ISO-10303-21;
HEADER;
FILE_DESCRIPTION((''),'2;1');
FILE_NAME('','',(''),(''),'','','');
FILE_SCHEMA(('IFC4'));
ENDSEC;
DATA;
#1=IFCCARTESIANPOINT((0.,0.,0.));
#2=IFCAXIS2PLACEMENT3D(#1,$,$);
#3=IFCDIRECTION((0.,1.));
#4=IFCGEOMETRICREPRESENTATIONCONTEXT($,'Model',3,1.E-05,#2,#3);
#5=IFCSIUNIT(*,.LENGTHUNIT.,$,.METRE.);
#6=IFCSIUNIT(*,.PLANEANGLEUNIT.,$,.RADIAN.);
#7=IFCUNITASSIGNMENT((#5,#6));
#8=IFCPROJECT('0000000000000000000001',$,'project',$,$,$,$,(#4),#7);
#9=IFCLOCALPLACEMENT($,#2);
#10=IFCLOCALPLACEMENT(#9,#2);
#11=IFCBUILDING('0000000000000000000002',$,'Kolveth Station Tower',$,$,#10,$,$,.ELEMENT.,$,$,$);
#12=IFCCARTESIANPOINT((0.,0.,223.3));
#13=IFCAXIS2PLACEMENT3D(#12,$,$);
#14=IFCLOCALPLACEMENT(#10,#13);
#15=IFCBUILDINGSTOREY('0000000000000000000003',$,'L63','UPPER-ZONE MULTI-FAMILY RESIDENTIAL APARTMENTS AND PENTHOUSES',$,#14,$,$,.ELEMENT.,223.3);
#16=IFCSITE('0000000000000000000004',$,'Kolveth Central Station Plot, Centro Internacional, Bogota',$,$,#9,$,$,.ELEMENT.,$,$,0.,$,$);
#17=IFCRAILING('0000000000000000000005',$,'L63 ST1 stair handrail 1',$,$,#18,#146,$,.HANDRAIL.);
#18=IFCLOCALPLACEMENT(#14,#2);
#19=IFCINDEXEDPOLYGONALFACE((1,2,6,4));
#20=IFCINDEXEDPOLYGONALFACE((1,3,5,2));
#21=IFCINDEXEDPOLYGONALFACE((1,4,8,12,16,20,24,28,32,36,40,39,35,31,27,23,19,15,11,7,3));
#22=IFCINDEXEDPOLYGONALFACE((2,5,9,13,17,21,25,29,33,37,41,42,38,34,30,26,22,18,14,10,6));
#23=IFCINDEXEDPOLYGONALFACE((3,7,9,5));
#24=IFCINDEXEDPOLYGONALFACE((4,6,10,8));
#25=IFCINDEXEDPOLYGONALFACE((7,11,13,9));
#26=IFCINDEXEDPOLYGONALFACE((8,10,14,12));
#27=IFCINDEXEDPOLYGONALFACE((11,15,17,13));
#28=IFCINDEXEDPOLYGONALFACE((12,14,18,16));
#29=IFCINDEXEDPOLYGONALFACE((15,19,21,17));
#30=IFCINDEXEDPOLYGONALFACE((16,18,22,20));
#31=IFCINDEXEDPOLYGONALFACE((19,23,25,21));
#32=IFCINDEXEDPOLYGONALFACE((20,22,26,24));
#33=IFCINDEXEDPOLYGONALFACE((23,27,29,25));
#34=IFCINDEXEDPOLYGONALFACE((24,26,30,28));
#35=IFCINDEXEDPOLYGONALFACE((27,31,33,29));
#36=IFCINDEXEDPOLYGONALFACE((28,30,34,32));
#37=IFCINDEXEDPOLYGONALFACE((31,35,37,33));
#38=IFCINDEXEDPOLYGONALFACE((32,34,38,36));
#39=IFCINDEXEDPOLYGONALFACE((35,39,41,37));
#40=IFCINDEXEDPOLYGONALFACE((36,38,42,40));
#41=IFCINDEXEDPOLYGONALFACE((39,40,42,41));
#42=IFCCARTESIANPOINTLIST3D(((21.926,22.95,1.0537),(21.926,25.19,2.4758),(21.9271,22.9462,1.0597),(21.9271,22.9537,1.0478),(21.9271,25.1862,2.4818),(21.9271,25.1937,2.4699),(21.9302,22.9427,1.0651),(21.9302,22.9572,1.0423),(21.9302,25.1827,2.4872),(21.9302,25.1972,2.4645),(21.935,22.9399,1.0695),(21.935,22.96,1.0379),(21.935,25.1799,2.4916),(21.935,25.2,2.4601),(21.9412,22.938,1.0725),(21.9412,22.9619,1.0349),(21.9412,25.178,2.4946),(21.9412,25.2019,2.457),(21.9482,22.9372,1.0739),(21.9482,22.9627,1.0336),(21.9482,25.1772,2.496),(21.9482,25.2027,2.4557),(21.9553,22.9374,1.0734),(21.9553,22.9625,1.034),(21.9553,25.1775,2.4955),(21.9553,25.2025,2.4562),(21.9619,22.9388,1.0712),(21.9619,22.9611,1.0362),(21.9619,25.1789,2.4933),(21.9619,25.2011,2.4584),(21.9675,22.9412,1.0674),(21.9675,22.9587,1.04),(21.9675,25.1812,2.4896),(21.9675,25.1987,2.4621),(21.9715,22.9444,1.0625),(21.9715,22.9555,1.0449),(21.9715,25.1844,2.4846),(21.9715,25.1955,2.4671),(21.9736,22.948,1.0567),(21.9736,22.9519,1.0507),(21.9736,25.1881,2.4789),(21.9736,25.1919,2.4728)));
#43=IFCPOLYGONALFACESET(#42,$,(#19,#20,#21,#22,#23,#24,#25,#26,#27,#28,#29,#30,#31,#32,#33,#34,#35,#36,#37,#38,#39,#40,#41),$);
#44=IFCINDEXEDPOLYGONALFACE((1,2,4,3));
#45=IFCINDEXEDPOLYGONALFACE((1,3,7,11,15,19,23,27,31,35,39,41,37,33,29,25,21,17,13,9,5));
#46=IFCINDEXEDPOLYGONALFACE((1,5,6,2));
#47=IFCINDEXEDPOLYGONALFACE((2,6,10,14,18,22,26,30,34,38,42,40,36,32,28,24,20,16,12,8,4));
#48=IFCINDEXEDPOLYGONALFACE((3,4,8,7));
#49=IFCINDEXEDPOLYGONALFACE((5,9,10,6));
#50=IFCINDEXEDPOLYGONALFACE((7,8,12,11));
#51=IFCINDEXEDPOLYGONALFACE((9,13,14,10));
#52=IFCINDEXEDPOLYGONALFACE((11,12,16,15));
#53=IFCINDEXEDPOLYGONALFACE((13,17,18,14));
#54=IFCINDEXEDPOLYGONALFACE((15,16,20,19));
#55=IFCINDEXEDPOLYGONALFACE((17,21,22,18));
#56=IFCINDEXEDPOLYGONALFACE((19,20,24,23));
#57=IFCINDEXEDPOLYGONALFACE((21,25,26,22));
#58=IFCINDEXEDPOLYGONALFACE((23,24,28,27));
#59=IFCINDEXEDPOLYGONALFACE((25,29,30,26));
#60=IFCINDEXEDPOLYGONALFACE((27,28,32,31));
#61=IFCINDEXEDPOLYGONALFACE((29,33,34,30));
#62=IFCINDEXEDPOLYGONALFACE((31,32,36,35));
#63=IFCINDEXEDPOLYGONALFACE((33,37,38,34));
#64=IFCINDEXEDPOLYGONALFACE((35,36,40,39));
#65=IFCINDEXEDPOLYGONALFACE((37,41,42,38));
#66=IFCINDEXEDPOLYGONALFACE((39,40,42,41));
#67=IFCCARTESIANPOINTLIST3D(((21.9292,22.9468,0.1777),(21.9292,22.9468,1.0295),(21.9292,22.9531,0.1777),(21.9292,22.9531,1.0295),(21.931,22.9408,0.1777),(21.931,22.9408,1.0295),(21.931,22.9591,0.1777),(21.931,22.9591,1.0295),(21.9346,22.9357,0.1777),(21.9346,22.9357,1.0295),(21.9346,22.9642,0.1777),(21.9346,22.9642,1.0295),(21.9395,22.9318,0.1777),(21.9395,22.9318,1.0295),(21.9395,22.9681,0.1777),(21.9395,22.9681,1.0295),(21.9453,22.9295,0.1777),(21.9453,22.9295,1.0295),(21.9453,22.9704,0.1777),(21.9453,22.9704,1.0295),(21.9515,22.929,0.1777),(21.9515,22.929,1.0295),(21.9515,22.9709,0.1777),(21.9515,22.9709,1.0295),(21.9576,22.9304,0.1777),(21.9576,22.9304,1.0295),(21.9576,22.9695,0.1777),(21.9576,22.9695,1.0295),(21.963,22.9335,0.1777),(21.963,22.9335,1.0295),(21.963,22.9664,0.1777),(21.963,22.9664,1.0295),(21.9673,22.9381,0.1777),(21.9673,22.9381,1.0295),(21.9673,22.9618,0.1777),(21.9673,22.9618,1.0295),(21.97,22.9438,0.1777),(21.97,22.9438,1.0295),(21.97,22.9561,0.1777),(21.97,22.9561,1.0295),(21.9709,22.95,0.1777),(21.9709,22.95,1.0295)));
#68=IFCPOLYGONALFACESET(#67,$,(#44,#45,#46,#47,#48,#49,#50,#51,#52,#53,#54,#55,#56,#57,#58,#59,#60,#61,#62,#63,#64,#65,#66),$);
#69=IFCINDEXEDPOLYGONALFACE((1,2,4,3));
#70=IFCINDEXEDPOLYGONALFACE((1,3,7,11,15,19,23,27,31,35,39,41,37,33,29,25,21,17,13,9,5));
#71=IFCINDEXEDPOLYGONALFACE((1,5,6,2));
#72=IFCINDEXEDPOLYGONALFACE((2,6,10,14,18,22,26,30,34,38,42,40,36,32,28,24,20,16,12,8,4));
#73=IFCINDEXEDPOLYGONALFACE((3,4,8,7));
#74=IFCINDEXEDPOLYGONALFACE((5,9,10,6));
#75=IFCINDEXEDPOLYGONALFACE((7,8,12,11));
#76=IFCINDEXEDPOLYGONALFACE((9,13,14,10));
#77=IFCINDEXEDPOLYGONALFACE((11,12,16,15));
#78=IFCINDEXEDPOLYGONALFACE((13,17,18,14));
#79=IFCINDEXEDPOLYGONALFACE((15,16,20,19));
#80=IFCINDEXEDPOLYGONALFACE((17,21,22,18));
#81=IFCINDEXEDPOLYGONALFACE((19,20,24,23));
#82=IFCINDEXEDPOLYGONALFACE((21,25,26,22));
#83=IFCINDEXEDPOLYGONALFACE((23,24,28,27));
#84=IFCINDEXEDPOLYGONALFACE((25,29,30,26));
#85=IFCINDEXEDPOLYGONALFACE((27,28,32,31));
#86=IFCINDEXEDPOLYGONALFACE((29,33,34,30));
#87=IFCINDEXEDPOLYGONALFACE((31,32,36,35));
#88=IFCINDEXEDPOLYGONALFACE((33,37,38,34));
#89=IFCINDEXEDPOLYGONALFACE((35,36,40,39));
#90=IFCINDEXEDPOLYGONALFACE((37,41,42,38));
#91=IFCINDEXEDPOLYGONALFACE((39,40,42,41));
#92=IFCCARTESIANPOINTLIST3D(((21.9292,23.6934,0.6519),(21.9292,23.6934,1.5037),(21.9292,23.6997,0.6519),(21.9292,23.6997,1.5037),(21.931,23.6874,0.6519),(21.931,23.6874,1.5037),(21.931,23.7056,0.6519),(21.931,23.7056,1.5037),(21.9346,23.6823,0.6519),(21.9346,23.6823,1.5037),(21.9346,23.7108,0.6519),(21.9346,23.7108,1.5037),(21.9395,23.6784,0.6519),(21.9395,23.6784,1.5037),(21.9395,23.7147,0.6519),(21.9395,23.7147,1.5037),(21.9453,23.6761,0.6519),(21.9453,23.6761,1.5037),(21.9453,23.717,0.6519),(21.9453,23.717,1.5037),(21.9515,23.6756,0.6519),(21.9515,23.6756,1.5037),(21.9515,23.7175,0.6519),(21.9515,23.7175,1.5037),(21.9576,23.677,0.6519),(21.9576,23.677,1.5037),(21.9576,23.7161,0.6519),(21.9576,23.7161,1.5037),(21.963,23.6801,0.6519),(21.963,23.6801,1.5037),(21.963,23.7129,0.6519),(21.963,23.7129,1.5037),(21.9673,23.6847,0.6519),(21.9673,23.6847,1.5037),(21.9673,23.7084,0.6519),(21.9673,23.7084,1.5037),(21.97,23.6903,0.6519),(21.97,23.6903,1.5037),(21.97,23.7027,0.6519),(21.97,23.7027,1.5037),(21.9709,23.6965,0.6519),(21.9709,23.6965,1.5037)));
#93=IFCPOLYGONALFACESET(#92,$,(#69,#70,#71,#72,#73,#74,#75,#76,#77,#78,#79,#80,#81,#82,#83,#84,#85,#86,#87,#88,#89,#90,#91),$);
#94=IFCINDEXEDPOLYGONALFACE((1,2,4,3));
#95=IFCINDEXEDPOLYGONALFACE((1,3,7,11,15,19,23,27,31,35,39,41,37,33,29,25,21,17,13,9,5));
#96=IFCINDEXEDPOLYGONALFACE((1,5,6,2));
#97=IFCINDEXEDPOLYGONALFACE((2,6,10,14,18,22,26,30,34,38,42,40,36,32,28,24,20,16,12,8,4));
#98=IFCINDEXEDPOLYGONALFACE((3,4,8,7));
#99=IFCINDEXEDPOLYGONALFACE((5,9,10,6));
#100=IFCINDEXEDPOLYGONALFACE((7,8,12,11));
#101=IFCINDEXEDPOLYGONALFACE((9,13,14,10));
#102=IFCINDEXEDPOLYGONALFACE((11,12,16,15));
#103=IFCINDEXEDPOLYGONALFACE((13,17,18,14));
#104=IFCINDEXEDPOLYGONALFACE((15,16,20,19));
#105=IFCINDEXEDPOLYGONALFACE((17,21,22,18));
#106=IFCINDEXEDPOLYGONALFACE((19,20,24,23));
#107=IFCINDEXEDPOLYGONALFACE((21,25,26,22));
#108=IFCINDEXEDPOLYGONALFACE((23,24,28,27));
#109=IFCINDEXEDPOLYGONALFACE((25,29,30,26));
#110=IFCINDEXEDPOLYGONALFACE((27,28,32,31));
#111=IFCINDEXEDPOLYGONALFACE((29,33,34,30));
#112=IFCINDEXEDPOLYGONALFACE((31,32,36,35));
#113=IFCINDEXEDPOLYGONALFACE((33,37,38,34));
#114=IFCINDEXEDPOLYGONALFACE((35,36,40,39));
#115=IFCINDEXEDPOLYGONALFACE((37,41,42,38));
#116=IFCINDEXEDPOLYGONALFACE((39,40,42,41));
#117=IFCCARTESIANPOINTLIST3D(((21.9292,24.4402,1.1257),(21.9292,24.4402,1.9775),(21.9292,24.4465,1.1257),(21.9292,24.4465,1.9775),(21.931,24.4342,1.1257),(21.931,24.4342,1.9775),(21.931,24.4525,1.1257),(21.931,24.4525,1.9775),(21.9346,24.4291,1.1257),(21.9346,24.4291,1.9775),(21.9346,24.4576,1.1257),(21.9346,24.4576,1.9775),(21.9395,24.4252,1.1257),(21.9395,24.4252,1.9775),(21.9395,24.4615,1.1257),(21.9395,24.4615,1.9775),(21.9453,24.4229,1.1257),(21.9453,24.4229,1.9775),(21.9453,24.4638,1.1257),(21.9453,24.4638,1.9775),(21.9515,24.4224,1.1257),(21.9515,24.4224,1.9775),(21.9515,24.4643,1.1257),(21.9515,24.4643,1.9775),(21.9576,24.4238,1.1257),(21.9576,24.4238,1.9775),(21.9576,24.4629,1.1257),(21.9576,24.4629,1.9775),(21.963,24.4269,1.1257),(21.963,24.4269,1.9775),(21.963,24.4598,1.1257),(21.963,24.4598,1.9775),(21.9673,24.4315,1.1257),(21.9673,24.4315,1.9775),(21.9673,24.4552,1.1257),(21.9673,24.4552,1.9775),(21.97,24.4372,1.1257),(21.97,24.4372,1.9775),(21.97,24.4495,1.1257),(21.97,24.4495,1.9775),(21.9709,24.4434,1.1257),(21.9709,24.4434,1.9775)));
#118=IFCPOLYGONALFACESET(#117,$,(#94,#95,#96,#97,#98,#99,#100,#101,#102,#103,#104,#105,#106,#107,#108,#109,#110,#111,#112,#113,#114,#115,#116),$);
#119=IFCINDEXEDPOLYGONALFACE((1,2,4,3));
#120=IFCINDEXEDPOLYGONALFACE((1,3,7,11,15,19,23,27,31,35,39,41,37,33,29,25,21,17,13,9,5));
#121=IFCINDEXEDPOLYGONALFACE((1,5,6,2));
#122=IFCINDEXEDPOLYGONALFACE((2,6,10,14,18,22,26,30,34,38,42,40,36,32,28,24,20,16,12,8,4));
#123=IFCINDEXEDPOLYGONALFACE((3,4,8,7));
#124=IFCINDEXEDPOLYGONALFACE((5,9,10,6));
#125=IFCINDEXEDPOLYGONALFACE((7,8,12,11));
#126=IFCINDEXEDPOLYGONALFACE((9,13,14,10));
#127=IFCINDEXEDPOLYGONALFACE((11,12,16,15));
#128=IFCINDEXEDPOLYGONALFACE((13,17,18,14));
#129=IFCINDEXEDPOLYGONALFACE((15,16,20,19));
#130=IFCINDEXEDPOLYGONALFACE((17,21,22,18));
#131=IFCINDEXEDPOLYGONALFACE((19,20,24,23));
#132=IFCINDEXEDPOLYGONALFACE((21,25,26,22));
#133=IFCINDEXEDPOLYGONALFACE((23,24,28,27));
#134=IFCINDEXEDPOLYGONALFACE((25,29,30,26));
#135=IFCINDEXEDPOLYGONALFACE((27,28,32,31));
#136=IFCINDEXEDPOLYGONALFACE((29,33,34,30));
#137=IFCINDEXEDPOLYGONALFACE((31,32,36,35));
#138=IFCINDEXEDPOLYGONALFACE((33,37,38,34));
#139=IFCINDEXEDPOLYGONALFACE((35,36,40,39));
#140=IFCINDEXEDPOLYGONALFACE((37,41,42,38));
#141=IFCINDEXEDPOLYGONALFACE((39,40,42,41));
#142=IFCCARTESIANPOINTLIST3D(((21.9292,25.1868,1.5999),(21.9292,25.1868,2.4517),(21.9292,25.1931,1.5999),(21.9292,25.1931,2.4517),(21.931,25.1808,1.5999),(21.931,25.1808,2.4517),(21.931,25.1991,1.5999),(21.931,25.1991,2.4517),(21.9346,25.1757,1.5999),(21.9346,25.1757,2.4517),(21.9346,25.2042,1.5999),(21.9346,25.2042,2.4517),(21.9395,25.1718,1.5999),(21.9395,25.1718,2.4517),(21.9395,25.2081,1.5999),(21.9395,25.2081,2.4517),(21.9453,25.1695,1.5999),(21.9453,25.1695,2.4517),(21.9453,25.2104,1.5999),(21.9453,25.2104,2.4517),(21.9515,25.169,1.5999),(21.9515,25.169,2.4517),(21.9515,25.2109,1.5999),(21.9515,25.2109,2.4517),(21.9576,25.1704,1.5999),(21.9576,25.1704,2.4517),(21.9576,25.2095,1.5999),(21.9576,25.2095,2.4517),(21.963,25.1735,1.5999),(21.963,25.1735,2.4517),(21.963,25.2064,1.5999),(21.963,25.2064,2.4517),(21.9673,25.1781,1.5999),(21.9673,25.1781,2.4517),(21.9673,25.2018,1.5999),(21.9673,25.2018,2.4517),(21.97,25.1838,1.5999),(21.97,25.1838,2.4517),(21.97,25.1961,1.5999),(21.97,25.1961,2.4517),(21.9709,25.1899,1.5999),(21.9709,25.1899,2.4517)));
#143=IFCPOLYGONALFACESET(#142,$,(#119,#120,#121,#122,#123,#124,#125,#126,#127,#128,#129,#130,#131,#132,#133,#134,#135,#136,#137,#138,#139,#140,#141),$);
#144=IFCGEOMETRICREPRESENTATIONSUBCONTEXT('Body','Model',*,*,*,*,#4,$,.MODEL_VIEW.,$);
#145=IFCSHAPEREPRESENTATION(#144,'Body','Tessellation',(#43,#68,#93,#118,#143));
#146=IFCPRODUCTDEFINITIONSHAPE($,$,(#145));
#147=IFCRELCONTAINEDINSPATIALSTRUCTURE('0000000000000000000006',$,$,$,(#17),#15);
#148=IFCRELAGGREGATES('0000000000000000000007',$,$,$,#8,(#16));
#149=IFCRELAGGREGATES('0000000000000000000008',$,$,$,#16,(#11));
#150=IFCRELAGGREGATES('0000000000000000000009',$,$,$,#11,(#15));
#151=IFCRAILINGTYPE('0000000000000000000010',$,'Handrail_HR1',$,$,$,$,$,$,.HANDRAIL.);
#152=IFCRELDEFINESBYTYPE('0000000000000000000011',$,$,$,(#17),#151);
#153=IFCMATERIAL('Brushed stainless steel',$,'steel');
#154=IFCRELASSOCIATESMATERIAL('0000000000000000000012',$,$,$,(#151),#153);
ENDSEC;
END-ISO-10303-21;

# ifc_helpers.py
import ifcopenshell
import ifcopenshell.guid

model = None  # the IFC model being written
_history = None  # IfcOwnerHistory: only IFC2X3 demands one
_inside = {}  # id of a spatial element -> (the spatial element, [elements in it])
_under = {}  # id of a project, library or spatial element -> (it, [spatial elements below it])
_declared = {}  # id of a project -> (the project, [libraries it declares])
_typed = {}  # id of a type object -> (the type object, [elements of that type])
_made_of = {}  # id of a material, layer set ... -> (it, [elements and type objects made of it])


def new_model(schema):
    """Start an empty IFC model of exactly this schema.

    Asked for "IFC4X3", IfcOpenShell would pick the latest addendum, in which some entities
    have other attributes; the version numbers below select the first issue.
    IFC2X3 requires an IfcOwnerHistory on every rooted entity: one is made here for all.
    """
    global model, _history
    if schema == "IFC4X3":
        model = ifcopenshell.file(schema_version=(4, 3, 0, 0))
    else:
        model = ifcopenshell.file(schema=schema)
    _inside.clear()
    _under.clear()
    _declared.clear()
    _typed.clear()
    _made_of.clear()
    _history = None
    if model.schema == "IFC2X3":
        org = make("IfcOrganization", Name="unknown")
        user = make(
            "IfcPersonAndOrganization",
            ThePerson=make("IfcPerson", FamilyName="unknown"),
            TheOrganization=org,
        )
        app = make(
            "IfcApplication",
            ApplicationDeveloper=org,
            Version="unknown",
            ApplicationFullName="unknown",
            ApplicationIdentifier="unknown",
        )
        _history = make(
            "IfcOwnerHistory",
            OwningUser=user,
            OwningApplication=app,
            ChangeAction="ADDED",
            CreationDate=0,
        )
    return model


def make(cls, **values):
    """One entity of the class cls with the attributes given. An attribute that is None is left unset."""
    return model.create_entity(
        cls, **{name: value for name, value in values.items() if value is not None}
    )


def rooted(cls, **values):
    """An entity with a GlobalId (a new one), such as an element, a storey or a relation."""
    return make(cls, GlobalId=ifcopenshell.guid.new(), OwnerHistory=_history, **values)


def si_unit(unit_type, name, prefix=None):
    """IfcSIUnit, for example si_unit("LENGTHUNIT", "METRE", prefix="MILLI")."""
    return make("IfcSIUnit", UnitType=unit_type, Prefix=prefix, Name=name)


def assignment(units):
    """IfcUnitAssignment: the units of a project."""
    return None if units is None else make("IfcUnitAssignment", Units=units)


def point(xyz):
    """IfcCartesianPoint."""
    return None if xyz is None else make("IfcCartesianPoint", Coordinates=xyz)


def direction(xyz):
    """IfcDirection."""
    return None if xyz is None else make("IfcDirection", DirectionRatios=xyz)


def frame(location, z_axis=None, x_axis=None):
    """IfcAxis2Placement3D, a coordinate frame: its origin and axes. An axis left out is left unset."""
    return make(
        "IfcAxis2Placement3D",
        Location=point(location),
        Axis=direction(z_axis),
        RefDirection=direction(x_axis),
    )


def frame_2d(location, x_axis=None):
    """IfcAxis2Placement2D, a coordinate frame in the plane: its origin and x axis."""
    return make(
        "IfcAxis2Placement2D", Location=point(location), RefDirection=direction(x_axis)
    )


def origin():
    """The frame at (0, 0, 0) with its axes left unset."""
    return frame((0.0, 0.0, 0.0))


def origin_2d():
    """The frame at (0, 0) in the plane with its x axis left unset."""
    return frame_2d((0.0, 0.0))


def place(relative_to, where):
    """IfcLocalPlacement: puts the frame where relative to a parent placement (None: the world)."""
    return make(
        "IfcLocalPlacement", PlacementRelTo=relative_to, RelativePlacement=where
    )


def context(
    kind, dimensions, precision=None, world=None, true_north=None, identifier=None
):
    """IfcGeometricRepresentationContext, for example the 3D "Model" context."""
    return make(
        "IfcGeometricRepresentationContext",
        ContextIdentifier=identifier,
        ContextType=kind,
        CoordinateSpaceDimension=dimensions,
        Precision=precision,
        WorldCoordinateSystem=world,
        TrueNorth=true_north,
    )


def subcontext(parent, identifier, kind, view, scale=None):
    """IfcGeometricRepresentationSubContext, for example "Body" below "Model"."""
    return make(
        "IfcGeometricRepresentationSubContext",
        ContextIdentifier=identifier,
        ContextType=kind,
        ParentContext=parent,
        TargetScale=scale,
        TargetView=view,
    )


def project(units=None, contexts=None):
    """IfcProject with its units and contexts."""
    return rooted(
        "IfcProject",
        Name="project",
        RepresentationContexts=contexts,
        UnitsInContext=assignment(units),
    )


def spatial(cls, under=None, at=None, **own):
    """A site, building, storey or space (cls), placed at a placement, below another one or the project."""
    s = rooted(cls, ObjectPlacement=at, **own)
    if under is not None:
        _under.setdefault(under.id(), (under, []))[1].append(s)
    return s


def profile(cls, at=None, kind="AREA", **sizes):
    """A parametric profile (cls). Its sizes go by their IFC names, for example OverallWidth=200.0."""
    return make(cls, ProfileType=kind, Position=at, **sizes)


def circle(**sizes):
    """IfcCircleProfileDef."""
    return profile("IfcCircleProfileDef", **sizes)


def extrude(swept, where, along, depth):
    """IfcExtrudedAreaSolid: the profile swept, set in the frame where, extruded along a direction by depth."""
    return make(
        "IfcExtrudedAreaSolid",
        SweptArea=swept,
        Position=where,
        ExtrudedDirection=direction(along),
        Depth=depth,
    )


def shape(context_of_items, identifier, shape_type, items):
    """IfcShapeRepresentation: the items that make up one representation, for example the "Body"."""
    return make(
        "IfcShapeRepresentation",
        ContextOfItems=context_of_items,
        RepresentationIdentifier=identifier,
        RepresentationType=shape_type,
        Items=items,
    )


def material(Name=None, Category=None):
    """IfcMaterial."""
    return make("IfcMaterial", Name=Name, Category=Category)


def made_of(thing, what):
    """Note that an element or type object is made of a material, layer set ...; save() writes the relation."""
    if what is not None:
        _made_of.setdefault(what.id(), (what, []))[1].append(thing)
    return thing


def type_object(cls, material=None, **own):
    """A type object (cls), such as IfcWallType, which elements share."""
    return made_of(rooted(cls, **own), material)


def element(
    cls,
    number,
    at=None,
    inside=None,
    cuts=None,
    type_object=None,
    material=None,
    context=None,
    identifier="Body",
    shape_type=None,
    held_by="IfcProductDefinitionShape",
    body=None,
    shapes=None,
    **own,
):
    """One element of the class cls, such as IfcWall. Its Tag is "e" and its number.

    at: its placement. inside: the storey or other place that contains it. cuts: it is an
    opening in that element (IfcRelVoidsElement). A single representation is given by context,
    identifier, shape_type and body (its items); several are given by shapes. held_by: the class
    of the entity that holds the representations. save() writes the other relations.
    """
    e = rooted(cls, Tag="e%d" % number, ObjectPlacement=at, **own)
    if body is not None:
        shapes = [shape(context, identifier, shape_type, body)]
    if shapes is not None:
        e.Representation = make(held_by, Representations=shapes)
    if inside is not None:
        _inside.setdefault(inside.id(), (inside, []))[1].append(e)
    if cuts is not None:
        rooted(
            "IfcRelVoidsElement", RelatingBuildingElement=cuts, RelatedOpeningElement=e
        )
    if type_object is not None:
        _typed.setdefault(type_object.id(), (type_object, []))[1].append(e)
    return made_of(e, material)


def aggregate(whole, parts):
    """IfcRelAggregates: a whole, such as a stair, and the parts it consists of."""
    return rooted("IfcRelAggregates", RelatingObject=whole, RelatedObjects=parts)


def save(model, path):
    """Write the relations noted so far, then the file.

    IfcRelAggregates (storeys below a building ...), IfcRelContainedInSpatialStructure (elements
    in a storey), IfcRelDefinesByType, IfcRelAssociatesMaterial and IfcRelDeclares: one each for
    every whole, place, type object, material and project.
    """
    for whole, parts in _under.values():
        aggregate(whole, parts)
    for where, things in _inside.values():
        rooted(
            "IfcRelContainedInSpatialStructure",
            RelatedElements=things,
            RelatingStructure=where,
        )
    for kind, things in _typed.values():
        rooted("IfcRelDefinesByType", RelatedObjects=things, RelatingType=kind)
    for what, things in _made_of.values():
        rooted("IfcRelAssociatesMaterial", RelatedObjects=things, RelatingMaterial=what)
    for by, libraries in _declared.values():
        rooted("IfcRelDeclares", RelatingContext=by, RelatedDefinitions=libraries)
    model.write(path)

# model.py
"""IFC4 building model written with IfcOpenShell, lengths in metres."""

from ifc_helpers import new_model, si_unit, direction, frame, origin, origin_2d, place, context, subcontext, project, spatial, circle, extrude, material, type_object, element, save


model = new_model("IFC4")

# Units and contexts
model_context = context("Model", 3, precision=1e-05, world=origin(), true_north=direction((0.0, 1.0)))
body_context = subcontext(model_context, "Body", "Model", "MODEL_VIEW")
ifc_project = project(units=[si_unit("LENGTHUNIT", "METRE"), si_unit("PLANEANGLEUNIT", "RADIAN")], contexts=[model_context])

# Site, building, storey
site_placement = place(None, origin())
site = spatial("IfcSite", under=ifc_project, at=site_placement, Name="Kolveth Central Station Plot, Centro Internacional, Bogota", CompositionType="ELEMENT", RefElevation=0.0)
building_placement = place(site_placement, origin())
building = spatial("IfcBuilding", under=site, at=building_placement, Name="Kolveth Station Tower", CompositionType="ELEMENT")
storey_placement = place(building_placement, frame((0.0, 0.0, 223.3)))
storey = spatial("IfcBuildingStorey", under=building, at=storey_placement, Name="L63", Description="UPPER-ZONE MULTI-FAMILY RESIDENTIAL APARTMENTS AND PENTHOUSES", CompositionType="ELEMENT", Elevation=223.3)

# Railing
ifc_material_1 = material(Name="Brushed stainless steel", Category="steel")
railing_type_1 = type_object("IfcRailingType", Name="Handrail_HR1", PredefinedType="HANDRAIL", material=ifc_material_1)
for number, where, name in (
    (1, (21.95, 22.95, 0.1777), "L63 ST1 stair handrail 1"),
):
    element("IfcRailing", number, at=place(storey_placement, frame(where)), inside=storey, type_object=railing_type_1, Name=name, PredefinedType="HANDRAIL", context=body_context, shape_type="SweptSolid", body=[
        extrude(circle(Radius=0.0239, at=origin_2d()), frame((0.0, 0.0, 0.876), z_axis=(0.0, 0.844229, 0.535982), x_axis=(-1.0, 0.0, 0.0)), (0.0, 0.0, 1.0), 2.6533),
        extrude(circle(Radius=0.021, at=origin_2d()), origin(), (0.0, 0.0, 1.0), 0.8518),
        extrude(circle(Radius=0.021, at=origin_2d()), frame((0.0, 0.7466, 0.4741)), (0.0, 0.0, 1.0), 0.8518),
        extrude(circle(Radius=0.021, at=origin_2d()), frame((0.0, 1.4934, 0.948)), (0.0, 0.0, 1.0), 0.8518),
        extrude(circle(Radius=0.021, at=origin_2d()), frame((0.0, 2.24, 1.4221)), (0.0, 0.0, 1.0), 0.8518),
    ])

save(model, "model.ifc")
